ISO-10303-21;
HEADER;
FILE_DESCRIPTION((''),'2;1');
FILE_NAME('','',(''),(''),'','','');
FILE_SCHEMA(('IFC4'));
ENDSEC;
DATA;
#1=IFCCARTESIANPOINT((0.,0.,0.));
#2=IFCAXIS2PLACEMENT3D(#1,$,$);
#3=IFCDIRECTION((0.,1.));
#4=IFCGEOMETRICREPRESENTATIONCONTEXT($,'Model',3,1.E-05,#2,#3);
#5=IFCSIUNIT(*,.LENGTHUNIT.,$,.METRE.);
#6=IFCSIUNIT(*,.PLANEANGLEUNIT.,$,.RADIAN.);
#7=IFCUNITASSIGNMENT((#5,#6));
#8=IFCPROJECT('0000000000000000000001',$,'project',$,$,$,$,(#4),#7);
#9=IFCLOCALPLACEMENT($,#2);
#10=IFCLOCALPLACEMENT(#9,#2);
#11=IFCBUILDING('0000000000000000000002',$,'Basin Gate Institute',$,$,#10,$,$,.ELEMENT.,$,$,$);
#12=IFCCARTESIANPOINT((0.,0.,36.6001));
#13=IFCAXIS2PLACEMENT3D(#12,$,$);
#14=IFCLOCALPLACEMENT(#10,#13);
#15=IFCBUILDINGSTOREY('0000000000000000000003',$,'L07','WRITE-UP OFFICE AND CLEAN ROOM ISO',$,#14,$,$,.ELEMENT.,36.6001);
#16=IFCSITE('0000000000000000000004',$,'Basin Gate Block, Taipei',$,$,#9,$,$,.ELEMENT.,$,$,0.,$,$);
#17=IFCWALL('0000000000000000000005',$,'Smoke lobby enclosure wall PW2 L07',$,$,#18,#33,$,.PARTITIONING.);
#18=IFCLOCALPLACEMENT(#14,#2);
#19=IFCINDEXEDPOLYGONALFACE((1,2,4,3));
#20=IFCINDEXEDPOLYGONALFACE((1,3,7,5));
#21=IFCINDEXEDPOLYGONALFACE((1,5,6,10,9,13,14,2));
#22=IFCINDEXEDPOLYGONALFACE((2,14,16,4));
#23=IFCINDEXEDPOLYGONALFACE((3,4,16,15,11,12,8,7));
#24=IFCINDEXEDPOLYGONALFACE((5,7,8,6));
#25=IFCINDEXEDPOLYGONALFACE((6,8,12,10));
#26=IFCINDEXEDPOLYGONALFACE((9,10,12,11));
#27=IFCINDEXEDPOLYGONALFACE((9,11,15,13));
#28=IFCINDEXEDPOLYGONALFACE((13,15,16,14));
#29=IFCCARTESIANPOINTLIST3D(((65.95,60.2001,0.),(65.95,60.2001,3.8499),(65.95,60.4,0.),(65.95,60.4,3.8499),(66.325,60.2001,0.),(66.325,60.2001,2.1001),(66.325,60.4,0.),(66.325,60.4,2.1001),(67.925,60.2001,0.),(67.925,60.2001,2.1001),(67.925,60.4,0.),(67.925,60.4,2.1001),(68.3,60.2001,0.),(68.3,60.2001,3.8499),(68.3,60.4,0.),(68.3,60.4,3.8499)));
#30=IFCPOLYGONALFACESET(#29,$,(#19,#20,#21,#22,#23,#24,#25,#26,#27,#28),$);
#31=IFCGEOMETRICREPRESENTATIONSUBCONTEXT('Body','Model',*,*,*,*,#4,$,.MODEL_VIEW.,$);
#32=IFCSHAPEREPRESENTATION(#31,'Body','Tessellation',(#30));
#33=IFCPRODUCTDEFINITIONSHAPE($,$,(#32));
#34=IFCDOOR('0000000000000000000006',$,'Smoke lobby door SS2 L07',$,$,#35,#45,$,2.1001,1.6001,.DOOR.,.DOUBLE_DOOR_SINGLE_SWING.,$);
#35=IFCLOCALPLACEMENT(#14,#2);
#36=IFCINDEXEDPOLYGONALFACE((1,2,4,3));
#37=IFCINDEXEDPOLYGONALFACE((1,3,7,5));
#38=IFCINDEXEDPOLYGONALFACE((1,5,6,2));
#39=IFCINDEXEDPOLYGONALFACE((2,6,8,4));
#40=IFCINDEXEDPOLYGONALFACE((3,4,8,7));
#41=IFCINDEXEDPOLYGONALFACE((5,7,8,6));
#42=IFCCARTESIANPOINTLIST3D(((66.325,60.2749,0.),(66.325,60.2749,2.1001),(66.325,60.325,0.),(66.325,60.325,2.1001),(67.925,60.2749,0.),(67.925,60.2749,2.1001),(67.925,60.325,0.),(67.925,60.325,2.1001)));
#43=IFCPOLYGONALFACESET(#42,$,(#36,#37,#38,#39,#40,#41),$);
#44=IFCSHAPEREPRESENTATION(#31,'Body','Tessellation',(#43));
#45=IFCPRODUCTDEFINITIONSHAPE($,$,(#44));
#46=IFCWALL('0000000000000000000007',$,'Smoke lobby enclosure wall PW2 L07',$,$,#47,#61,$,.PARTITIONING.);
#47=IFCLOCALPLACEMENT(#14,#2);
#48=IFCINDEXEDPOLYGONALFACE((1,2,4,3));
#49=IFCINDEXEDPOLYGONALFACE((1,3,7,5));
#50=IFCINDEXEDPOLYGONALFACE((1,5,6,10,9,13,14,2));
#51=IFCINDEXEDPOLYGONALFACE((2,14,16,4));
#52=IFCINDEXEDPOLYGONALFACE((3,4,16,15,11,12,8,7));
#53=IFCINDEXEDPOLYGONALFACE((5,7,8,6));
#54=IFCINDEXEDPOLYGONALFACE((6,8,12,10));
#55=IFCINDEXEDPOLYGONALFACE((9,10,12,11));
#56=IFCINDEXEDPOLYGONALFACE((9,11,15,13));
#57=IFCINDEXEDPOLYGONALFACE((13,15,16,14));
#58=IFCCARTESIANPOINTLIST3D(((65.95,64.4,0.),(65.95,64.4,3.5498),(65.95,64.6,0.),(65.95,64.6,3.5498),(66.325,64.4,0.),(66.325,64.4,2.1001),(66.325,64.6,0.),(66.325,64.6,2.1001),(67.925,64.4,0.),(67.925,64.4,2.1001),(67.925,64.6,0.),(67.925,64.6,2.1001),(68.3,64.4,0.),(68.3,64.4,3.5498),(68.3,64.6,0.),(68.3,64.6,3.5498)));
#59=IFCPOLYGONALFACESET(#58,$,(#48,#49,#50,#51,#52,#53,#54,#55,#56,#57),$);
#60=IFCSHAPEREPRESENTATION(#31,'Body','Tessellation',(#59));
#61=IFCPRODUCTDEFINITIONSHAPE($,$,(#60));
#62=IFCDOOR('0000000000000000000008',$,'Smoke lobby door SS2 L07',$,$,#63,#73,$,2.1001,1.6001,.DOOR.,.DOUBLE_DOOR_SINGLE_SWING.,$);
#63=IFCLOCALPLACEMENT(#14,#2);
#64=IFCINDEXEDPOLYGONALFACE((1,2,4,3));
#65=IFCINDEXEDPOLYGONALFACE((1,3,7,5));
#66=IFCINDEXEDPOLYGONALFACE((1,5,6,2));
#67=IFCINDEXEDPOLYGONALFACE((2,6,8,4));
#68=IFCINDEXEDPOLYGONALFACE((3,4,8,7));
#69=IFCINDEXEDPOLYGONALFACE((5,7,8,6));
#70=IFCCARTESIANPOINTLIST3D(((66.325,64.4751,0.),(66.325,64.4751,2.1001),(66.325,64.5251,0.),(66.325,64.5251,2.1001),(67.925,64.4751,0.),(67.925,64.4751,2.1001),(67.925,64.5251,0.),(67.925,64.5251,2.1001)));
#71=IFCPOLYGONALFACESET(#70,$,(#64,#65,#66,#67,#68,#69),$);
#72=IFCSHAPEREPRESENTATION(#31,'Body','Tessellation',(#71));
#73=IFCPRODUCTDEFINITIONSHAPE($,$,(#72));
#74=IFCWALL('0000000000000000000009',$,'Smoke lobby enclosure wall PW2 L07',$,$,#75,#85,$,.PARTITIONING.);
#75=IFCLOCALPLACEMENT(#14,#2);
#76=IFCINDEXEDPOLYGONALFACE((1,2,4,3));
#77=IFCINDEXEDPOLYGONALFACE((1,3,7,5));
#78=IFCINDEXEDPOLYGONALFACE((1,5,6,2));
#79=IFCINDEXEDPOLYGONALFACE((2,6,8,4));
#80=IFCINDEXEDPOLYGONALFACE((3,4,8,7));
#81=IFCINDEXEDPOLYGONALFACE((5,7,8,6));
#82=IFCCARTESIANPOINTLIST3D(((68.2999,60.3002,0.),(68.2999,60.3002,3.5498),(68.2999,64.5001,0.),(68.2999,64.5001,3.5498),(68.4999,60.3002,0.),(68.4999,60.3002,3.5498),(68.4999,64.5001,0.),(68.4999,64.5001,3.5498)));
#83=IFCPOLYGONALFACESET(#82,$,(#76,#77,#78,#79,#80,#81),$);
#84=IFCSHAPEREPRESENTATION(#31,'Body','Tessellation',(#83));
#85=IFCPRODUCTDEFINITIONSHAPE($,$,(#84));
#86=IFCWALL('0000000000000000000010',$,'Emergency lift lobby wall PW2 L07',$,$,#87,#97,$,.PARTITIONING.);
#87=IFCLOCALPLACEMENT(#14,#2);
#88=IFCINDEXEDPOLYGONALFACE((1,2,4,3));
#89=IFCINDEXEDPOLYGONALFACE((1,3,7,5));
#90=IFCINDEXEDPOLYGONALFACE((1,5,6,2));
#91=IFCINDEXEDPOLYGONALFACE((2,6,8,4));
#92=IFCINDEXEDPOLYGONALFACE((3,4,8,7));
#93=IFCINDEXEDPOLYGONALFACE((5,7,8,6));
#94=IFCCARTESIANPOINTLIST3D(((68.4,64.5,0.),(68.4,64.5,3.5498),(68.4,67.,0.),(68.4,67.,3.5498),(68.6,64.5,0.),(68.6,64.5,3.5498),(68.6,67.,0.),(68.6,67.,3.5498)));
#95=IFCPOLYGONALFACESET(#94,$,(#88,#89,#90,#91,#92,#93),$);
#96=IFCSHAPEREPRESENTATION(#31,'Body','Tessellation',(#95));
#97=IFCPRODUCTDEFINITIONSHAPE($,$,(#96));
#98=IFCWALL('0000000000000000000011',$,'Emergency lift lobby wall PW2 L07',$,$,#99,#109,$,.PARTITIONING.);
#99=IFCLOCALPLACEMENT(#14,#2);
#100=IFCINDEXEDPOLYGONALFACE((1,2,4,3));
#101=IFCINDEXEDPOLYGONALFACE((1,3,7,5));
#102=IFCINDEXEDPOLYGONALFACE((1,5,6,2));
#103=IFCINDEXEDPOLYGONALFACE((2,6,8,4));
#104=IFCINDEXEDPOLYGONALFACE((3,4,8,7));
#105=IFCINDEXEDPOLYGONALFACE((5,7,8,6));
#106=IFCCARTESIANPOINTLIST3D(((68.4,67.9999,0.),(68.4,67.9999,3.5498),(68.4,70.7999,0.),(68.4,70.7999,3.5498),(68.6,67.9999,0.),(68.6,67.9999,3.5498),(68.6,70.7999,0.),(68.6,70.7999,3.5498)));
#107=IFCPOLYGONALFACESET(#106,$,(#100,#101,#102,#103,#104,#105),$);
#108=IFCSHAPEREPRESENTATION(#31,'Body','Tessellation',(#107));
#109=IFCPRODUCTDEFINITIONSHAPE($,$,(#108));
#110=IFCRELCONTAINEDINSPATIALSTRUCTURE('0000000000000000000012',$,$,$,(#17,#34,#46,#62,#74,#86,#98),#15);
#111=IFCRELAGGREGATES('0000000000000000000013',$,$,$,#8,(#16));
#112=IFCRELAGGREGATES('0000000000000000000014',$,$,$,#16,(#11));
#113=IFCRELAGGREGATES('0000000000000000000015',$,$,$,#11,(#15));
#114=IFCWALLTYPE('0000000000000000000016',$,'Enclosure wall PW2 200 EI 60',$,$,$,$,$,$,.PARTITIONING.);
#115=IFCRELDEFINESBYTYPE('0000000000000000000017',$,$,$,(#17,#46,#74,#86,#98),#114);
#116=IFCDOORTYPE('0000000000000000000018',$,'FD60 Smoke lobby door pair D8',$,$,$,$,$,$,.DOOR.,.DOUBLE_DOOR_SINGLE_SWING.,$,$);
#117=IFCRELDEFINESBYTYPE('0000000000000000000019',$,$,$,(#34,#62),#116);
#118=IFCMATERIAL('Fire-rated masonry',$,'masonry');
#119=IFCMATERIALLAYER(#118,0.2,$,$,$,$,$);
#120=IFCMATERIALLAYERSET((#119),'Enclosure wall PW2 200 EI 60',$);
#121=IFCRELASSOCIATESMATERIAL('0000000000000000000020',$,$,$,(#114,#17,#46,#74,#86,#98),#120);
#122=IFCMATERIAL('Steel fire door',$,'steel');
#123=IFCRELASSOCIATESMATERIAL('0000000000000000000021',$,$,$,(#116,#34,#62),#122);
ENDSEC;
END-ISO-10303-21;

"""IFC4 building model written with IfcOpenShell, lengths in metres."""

from ifc_helpers import new_model, si_unit, direction, frame, frame_2d, origin, place, context, subcontext, project, spatial, rectangle, extrude, material, layer, layer_set, type_object, element, fill, save


model = new_model("IFC4")

# Units and contexts
model_context = context("Model", 3, precision=1e-05, world=origin(), true_north=direction((0.0, 1.0)))
body_context = subcontext(model_context, "Body", "Model", "MODEL_VIEW")
ifc_project = project(units=[si_unit("LENGTHUNIT", "METRE"), si_unit("PLANEANGLEUNIT", "RADIAN")], contexts=[model_context])

# Site, building, storey
site_placement = place(None, origin())
site = spatial("IfcSite", under=ifc_project, at=site_placement, Name="Basin Gate Block, Taipei", CompositionType="ELEMENT", RefElevation=0.0)
building_placement = place(site_placement, origin())
building = spatial("IfcBuilding", under=site, at=building_placement, Name="Basin Gate Institute", CompositionType="ELEMENT")
storey_placement = place(building_placement, frame((0.0, 0.0, 36.6001)))
storey = spatial("IfcBuildingStorey", under=building, at=storey_placement, Name="L07", Description="WRITE-UP OFFICE AND CLEAN ROOM ISO", CompositionType="ELEMENT", Elevation=36.6001)

# Walls, openings, doors
ifc_material_1 = material(Name="Fire-rated masonry", Category="masonry")
ifc_layer_1 = layer(ifc_material_1, 0.2)
ifc_layer_set_1 = layer_set([ifc_layer_1], Name="Enclosure wall PW2 200 EI 60")
wall_type = type_object("IfcWallType", Name="Enclosure wall PW2 200 EI 60", PredefinedType="PARTITIONING", material=ifc_layer_set_1)
wall_1_placement = place(storey_placement, frame((65.95, 60.3, 0.0), z_axis=(0.0, 0.0, 1.0), x_axis=(1.0, 0.0, 0.0)))
wall_1 = element("IfcWall", 1, at=wall_1_placement, inside=storey, type_object=wall_type, material=ifc_layer_set_1, Name="Smoke lobby enclosure wall PW2 L07", PredefinedType="PARTITIONING", context=body_context, shape_type="SweptSolid", body=[
    extrude(rectangle(XDim=2.3501, YDim=0.2, at=frame_2d((1.175, 0.0))), origin(), (0.0, 0.0, 1.0), 3.8499),
])
opening_1_placement = place(wall_1_placement, frame((0.375, 0.0, 0.0)))
opening_1 = element("IfcOpeningElement", 2, at=opening_1_placement, cuts=wall_1, PredefinedType="OPENING", context=body_context, shape_type="SweptSolid", body=[
    extrude(rectangle(XDim=1.6001, YDim=2.1001, at=frame_2d((0.8, 1.05))), frame((0.0, 0.1099, 0.0), z_axis=(0.0, -1.0, 0.0), x_axis=(1.0, 0.0, 0.0)), (0.0, 0.0, 1.0), 0.22),
])
ifc_material_2 = material(Name="Steel fire door", Category="steel")
door_type = type_object("IfcDoorType", Name="FD60 Smoke lobby door pair D8", OperationType="DOUBLE_DOOR_SINGLE_SWING", PredefinedType="DOOR", material=ifc_material_2)
door_1_placement = place(opening_1_placement, origin())
door_1 = element("IfcDoor", 3, at=door_1_placement, inside=storey, type_object=door_type, material=ifc_material_2, Name="Smoke lobby door SS2 L07", OperationType="DOUBLE_DOOR_SINGLE_SWING", OverallHeight=2.1001, OverallWidth=1.6001, PredefinedType="DOOR", context=body_context, shape_type="SweptSolid", body=[
    extrude(rectangle(XDim=1.6001, YDim=2.1001, at=frame_2d((0.8, 1.05))), frame((0.0, 0.0249, 0.0), z_axis=(0.0, -1.0, 0.0), x_axis=(1.0, 0.0, 0.0)), (0.0, 0.0, 1.0), 0.05),
])
fill(opening_1, door_1)
wall_2_placement = place(storey_placement, frame((65.95, 64.5, 0.0), z_axis=(0.0, 0.0, 1.0), x_axis=(1.0, 0.0, 0.0)))
wall_2 = element("IfcWall", 4, at=wall_2_placement, inside=storey, type_object=wall_type, material=ifc_layer_set_1, Name="Smoke lobby enclosure wall PW2 L07", PredefinedType="PARTITIONING", context=body_context, shape_type="SweptSolid", body=[
    extrude(rectangle(XDim=2.3501, YDim=0.2, at=frame_2d((1.175, 0.0))), origin(), (0.0, 0.0, 1.0), 3.5498),
])
opening_2_placement = place(wall_2_placement, frame((0.375, 0.0, 0.0)))
opening_2 = element("IfcOpeningElement", 5, at=opening_2_placement, cuts=wall_2, PredefinedType="OPENING", context=body_context, shape_type="SweptSolid", body=[
    extrude(rectangle(XDim=1.6001, YDim=2.1001, at=frame_2d((0.8, 1.05))), frame((0.0, 0.1099, 0.0), z_axis=(0.0, -1.0, 0.0), x_axis=(1.0, 0.0, 0.0)), (0.0, 0.0, 1.0), 0.22),
])
door_2_placement = place(opening_2_placement, frame((1.6001, 0.0, 0.0), z_axis=(0.0, 0.0, 1.0), x_axis=(-1.0, 0.0, 0.0)))
door_2 = element("IfcDoor", 6, at=door_2_placement, inside=storey, type_object=door_type, material=ifc_material_2, Name="Smoke lobby door SS2 L07", OperationType="DOUBLE_DOOR_SINGLE_SWING", OverallHeight=2.1001, OverallWidth=1.6001, PredefinedType="DOOR", context=body_context, shape_type="SweptSolid", body=[
    extrude(rectangle(XDim=1.6001, YDim=2.1001, at=frame_2d((0.8, 1.05))), frame((0.0, 0.0249, 0.0), z_axis=(0.0, -1.0, 0.0), x_axis=(1.0, 0.0, 0.0)), (0.0, 0.0, 1.0), 0.05),
])
fill(opening_2, door_2)

# Walls
wall_3_placement = place(storey_placement, frame((68.3999, 60.3, 0.0), z_axis=(0.0, 0.0, 1.0), x_axis=(0.0, 1.0, 0.0)))
element("IfcWall", 7, at=wall_3_placement, inside=storey, type_object=wall_type, material=ifc_layer_set_1, Name="Smoke lobby enclosure wall PW2 L07", PredefinedType="PARTITIONING", context=body_context, shape_type="SweptSolid", body=[
    extrude(rectangle(XDim=4.2, YDim=0.2, at=frame_2d((2.1001, 0.0))), origin(), (0.0, 0.0, 1.0), 3.5498),
])
wall_4_placement = place(storey_placement, frame((68.5, 64.5, 0.0), z_axis=(0.0, 0.0, 1.0), x_axis=(0.0, 1.0, 0.0)))
element("IfcWall", 8, at=wall_4_placement, inside=storey, type_object=wall_type, material=ifc_layer_set_1, Name="Emergency lift lobby wall PW2 L07", PredefinedType="PARTITIONING", context=body_context, shape_type="SweptSolid", body=[
    extrude(rectangle(XDim=2.5, YDim=0.2, at=frame_2d((1.25, 0.0))), origin(), (0.0, 0.0, 1.0), 3.5498),
])
wall_5_placement = place(storey_placement, frame((68.5, 68.0, 0.0), z_axis=(0.0, 0.0, 1.0), x_axis=(0.0, 1.0, 0.0)))
element("IfcWall", 9, at=wall_5_placement, inside=storey, type_object=wall_type, material=ifc_layer_set_1, Name="Emergency lift lobby wall PW2 L07", PredefinedType="PARTITIONING", context=body_context, shape_type="SweptSolid", body=[
    extrude(rectangle(XDim=2.8, YDim=0.2, at=frame_2d((1.3999, 0.0))), origin(), (0.0, 0.0, 1.0), 3.5498),
])

save(model, "model.ifc")
